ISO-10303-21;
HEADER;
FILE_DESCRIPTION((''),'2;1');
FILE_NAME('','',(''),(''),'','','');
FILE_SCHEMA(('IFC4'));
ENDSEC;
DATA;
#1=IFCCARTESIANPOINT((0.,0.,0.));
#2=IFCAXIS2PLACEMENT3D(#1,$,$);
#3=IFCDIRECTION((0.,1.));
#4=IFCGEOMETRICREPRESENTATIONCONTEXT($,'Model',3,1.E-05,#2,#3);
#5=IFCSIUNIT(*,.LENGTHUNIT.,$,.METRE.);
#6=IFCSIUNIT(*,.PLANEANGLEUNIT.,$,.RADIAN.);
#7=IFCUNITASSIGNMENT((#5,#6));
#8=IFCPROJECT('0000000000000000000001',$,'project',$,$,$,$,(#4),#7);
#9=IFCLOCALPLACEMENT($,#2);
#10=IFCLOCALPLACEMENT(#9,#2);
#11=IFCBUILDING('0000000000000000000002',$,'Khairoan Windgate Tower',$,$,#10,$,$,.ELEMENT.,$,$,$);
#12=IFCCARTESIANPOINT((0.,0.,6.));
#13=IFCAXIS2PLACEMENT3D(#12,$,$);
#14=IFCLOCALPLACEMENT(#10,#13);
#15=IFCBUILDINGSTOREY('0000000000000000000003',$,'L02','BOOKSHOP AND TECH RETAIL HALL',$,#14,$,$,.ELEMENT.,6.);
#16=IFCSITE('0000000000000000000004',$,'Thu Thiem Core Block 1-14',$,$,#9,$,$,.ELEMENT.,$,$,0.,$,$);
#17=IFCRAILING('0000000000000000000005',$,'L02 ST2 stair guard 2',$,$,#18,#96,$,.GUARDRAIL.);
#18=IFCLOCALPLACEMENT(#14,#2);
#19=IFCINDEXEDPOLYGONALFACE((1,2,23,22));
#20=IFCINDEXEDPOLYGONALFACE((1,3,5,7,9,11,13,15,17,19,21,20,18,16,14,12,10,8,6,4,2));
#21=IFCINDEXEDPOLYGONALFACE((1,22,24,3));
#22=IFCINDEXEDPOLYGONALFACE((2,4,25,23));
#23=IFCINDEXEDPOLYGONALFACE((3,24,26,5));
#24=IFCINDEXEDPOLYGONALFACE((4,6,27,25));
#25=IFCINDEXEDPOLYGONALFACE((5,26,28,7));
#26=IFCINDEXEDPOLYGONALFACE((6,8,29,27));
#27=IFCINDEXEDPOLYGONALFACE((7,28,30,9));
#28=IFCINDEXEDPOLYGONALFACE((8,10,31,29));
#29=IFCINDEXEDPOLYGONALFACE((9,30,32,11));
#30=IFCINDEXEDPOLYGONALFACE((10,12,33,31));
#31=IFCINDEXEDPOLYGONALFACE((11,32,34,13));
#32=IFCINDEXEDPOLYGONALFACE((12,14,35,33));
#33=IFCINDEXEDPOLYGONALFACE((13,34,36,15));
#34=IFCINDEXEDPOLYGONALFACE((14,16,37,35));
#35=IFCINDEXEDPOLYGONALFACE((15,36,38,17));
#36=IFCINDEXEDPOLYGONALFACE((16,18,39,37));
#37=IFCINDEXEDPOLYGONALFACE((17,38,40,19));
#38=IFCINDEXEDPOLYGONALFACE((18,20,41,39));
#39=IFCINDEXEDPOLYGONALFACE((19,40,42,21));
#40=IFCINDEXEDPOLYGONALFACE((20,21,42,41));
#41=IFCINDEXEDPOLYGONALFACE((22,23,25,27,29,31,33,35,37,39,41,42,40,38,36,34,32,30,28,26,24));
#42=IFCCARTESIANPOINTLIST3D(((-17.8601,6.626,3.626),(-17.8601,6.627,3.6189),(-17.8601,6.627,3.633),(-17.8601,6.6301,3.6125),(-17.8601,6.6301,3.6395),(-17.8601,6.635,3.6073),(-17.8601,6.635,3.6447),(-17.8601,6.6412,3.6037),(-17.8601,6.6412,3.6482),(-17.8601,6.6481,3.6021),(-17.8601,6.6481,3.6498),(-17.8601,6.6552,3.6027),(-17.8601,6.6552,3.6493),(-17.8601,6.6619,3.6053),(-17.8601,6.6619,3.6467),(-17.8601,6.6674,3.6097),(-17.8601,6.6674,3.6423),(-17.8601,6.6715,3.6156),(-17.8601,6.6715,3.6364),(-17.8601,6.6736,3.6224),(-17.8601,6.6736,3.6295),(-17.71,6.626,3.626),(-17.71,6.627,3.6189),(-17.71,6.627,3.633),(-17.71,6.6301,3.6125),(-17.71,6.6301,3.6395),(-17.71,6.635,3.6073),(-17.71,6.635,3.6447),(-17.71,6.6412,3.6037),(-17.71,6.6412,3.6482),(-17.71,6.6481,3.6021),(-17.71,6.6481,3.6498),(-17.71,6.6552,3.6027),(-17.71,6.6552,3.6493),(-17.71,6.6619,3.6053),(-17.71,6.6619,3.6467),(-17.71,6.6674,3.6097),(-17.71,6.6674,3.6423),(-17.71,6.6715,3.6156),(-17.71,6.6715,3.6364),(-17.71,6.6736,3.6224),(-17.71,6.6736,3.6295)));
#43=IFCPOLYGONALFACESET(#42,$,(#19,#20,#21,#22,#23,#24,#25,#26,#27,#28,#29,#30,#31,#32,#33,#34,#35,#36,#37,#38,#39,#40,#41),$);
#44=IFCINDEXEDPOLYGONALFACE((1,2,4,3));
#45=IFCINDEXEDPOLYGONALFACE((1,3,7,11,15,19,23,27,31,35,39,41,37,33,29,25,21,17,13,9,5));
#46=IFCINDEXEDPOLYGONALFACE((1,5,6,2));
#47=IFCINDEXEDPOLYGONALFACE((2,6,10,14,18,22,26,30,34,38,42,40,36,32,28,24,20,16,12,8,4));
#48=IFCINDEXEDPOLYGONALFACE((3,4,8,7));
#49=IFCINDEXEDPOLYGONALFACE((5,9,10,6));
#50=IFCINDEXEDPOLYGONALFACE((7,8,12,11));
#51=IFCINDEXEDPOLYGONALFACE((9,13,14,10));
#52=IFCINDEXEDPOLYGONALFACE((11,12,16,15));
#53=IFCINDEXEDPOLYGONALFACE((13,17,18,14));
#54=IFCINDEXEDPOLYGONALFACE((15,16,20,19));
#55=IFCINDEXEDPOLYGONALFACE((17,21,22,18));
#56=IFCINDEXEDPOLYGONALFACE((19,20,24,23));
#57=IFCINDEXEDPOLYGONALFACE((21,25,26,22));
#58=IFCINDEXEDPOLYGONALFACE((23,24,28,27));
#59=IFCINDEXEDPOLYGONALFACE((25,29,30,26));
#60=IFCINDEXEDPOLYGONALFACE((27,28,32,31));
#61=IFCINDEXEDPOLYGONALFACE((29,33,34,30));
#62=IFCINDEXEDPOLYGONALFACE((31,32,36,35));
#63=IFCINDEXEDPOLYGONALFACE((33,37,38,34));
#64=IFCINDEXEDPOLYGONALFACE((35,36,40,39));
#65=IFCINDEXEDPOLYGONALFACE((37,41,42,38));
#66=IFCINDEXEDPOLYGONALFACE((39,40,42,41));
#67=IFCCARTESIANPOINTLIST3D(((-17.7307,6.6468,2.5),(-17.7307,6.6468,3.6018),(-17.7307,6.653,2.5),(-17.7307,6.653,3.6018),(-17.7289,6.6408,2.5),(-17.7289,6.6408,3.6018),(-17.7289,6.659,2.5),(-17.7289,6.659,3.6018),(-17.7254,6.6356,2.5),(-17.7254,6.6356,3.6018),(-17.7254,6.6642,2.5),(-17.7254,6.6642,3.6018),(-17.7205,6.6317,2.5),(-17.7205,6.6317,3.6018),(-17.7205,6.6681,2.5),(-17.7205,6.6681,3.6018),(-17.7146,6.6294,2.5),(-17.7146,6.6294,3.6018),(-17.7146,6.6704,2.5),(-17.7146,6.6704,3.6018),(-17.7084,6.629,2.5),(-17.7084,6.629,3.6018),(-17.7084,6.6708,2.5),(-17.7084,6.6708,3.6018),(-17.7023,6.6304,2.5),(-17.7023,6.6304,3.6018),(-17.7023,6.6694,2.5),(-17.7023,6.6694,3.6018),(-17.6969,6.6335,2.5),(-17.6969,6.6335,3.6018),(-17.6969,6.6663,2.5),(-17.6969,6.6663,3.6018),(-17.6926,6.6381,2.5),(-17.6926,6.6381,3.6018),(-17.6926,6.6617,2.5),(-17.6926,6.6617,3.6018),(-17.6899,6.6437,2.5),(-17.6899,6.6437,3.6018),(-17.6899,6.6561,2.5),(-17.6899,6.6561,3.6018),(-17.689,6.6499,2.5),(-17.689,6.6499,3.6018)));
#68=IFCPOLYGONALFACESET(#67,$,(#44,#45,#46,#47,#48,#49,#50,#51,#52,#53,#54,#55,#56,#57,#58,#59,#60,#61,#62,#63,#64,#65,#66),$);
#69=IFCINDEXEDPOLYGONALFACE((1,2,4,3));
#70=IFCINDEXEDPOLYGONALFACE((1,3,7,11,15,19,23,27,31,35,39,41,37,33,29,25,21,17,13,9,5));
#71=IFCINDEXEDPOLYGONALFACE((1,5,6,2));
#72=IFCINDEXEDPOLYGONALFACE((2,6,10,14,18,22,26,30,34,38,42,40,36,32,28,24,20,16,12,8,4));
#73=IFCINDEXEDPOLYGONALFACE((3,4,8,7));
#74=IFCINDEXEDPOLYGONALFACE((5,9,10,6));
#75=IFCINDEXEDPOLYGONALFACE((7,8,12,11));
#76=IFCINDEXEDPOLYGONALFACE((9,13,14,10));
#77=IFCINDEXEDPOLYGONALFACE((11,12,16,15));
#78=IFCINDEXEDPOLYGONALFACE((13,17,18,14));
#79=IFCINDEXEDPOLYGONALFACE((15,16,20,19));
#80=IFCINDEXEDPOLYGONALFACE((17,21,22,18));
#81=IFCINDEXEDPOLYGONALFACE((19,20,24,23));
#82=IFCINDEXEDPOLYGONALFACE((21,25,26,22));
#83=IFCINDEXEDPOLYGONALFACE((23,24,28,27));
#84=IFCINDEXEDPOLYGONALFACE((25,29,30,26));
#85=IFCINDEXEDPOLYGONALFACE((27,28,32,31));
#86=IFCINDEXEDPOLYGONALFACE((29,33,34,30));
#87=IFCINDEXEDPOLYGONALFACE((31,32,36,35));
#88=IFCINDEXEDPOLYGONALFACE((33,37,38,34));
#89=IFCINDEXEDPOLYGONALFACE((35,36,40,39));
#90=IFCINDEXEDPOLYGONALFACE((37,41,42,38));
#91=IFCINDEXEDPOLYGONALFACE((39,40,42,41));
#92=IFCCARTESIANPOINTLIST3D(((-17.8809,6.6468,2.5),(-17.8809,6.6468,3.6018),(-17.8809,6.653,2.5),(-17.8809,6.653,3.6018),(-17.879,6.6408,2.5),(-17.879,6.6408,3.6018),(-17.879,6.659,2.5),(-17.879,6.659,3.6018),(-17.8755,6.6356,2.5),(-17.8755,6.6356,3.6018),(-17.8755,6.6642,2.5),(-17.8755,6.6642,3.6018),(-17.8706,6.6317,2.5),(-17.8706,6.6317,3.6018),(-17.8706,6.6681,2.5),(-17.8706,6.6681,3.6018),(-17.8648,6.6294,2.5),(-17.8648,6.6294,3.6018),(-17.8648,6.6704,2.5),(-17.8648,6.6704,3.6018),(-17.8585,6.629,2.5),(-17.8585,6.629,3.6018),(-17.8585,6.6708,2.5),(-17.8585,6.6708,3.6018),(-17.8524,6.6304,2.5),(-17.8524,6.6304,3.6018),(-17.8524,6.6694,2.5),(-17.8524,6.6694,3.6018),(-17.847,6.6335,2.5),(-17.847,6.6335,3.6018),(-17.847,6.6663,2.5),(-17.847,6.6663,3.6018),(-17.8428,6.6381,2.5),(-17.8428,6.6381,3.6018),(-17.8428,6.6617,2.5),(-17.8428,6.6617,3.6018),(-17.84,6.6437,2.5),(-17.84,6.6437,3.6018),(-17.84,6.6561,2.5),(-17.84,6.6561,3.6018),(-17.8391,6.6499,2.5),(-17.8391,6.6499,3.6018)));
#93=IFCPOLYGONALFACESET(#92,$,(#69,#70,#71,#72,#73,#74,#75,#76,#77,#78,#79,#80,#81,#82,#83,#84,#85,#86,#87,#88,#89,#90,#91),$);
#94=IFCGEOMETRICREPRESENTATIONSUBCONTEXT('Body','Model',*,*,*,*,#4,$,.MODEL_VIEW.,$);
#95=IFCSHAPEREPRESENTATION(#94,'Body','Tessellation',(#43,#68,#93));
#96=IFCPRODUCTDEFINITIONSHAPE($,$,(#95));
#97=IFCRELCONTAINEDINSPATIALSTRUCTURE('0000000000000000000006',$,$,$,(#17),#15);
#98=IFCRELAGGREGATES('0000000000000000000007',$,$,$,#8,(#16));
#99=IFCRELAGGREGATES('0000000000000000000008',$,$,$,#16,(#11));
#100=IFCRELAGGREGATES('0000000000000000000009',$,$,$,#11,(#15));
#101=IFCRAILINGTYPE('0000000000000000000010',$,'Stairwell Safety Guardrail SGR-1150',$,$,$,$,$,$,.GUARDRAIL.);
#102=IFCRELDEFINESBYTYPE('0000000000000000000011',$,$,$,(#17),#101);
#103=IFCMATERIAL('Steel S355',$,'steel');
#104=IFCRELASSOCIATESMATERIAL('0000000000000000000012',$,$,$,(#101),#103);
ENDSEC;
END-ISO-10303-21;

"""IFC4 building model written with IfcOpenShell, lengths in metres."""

from ifc_helpers import new_model, si_unit, direction, frame, origin, origin_2d, place, context, subcontext, project, spatial, circle, extrude, material, type_object, element, save


model = new_model("IFC4")

# Units and contexts
model_context = context("Model", 3, precision=1e-05, world=origin(), true_north=direction((0.0, 1.0)))
body_context = subcontext(model_context, "Body", "Model", "MODEL_VIEW")
ifc_project = project(units=[si_unit("LENGTHUNIT", "METRE"), si_unit("PLANEANGLEUNIT", "RADIAN")], contexts=[model_context])

# Site, building, storey
site_placement = place(None, origin())
site = spatial("IfcSite", under=ifc_project, at=site_placement, Name="Thu Thiem Core Block 1-14", CompositionType="ELEMENT", RefElevation=0.0)
building_placement = place(site_placement, origin())
building = spatial("IfcBuilding", under=site, at=building_placement, Name="Khairoan Windgate Tower", CompositionType="ELEMENT")
storey_placement = place(building_placement, frame((0.0, 0.0, 6.0)))
storey = spatial("IfcBuildingStorey", under=building, at=storey_placement, Name="L02", Description="BOOKSHOP AND TECH RETAIL HALL", CompositionType="ELEMENT", Elevation=6.0)

# Railing
ifc_material_1 = material(Name="Steel S355", Category="steel")
railing_type_1 = type_object("IfcRailingType", Name="Stairwell Safety Guardrail SGR-1150", PredefinedType="GUARDRAIL", material=ifc_material_1)
railing_1_placement = place(storey_placement, frame((-17.71, 6.6499, 2.5)))
element("IfcRailing", 1, at=railing_1_placement, inside=storey, type_object=railing_type_1, Name="L02 ST2 stair guard 2", PredefinedType="GUARDRAIL", context=body_context, shape_type="SweptSolid", body=[
    extrude(circle(Radius=0.0239, at=origin_2d()), frame((0.0, 0.0, 1.126), z_axis=(-1.0, 0.0, 0.0), x_axis=(0.0, -1.0, 0.0)), (0.0, 0.0, 1.0), 0.1501),
    extrude(circle(Radius=0.021, at=origin_2d()), origin(), (0.0, 0.0, 1.0), 1.1018),
    extrude(circle(Radius=0.021, at=origin_2d()), frame((-0.1501, 0.0, 0.0)), (0.0, 0.0, 1.0), 1.1018),
])

save(model, "model.ifc")
